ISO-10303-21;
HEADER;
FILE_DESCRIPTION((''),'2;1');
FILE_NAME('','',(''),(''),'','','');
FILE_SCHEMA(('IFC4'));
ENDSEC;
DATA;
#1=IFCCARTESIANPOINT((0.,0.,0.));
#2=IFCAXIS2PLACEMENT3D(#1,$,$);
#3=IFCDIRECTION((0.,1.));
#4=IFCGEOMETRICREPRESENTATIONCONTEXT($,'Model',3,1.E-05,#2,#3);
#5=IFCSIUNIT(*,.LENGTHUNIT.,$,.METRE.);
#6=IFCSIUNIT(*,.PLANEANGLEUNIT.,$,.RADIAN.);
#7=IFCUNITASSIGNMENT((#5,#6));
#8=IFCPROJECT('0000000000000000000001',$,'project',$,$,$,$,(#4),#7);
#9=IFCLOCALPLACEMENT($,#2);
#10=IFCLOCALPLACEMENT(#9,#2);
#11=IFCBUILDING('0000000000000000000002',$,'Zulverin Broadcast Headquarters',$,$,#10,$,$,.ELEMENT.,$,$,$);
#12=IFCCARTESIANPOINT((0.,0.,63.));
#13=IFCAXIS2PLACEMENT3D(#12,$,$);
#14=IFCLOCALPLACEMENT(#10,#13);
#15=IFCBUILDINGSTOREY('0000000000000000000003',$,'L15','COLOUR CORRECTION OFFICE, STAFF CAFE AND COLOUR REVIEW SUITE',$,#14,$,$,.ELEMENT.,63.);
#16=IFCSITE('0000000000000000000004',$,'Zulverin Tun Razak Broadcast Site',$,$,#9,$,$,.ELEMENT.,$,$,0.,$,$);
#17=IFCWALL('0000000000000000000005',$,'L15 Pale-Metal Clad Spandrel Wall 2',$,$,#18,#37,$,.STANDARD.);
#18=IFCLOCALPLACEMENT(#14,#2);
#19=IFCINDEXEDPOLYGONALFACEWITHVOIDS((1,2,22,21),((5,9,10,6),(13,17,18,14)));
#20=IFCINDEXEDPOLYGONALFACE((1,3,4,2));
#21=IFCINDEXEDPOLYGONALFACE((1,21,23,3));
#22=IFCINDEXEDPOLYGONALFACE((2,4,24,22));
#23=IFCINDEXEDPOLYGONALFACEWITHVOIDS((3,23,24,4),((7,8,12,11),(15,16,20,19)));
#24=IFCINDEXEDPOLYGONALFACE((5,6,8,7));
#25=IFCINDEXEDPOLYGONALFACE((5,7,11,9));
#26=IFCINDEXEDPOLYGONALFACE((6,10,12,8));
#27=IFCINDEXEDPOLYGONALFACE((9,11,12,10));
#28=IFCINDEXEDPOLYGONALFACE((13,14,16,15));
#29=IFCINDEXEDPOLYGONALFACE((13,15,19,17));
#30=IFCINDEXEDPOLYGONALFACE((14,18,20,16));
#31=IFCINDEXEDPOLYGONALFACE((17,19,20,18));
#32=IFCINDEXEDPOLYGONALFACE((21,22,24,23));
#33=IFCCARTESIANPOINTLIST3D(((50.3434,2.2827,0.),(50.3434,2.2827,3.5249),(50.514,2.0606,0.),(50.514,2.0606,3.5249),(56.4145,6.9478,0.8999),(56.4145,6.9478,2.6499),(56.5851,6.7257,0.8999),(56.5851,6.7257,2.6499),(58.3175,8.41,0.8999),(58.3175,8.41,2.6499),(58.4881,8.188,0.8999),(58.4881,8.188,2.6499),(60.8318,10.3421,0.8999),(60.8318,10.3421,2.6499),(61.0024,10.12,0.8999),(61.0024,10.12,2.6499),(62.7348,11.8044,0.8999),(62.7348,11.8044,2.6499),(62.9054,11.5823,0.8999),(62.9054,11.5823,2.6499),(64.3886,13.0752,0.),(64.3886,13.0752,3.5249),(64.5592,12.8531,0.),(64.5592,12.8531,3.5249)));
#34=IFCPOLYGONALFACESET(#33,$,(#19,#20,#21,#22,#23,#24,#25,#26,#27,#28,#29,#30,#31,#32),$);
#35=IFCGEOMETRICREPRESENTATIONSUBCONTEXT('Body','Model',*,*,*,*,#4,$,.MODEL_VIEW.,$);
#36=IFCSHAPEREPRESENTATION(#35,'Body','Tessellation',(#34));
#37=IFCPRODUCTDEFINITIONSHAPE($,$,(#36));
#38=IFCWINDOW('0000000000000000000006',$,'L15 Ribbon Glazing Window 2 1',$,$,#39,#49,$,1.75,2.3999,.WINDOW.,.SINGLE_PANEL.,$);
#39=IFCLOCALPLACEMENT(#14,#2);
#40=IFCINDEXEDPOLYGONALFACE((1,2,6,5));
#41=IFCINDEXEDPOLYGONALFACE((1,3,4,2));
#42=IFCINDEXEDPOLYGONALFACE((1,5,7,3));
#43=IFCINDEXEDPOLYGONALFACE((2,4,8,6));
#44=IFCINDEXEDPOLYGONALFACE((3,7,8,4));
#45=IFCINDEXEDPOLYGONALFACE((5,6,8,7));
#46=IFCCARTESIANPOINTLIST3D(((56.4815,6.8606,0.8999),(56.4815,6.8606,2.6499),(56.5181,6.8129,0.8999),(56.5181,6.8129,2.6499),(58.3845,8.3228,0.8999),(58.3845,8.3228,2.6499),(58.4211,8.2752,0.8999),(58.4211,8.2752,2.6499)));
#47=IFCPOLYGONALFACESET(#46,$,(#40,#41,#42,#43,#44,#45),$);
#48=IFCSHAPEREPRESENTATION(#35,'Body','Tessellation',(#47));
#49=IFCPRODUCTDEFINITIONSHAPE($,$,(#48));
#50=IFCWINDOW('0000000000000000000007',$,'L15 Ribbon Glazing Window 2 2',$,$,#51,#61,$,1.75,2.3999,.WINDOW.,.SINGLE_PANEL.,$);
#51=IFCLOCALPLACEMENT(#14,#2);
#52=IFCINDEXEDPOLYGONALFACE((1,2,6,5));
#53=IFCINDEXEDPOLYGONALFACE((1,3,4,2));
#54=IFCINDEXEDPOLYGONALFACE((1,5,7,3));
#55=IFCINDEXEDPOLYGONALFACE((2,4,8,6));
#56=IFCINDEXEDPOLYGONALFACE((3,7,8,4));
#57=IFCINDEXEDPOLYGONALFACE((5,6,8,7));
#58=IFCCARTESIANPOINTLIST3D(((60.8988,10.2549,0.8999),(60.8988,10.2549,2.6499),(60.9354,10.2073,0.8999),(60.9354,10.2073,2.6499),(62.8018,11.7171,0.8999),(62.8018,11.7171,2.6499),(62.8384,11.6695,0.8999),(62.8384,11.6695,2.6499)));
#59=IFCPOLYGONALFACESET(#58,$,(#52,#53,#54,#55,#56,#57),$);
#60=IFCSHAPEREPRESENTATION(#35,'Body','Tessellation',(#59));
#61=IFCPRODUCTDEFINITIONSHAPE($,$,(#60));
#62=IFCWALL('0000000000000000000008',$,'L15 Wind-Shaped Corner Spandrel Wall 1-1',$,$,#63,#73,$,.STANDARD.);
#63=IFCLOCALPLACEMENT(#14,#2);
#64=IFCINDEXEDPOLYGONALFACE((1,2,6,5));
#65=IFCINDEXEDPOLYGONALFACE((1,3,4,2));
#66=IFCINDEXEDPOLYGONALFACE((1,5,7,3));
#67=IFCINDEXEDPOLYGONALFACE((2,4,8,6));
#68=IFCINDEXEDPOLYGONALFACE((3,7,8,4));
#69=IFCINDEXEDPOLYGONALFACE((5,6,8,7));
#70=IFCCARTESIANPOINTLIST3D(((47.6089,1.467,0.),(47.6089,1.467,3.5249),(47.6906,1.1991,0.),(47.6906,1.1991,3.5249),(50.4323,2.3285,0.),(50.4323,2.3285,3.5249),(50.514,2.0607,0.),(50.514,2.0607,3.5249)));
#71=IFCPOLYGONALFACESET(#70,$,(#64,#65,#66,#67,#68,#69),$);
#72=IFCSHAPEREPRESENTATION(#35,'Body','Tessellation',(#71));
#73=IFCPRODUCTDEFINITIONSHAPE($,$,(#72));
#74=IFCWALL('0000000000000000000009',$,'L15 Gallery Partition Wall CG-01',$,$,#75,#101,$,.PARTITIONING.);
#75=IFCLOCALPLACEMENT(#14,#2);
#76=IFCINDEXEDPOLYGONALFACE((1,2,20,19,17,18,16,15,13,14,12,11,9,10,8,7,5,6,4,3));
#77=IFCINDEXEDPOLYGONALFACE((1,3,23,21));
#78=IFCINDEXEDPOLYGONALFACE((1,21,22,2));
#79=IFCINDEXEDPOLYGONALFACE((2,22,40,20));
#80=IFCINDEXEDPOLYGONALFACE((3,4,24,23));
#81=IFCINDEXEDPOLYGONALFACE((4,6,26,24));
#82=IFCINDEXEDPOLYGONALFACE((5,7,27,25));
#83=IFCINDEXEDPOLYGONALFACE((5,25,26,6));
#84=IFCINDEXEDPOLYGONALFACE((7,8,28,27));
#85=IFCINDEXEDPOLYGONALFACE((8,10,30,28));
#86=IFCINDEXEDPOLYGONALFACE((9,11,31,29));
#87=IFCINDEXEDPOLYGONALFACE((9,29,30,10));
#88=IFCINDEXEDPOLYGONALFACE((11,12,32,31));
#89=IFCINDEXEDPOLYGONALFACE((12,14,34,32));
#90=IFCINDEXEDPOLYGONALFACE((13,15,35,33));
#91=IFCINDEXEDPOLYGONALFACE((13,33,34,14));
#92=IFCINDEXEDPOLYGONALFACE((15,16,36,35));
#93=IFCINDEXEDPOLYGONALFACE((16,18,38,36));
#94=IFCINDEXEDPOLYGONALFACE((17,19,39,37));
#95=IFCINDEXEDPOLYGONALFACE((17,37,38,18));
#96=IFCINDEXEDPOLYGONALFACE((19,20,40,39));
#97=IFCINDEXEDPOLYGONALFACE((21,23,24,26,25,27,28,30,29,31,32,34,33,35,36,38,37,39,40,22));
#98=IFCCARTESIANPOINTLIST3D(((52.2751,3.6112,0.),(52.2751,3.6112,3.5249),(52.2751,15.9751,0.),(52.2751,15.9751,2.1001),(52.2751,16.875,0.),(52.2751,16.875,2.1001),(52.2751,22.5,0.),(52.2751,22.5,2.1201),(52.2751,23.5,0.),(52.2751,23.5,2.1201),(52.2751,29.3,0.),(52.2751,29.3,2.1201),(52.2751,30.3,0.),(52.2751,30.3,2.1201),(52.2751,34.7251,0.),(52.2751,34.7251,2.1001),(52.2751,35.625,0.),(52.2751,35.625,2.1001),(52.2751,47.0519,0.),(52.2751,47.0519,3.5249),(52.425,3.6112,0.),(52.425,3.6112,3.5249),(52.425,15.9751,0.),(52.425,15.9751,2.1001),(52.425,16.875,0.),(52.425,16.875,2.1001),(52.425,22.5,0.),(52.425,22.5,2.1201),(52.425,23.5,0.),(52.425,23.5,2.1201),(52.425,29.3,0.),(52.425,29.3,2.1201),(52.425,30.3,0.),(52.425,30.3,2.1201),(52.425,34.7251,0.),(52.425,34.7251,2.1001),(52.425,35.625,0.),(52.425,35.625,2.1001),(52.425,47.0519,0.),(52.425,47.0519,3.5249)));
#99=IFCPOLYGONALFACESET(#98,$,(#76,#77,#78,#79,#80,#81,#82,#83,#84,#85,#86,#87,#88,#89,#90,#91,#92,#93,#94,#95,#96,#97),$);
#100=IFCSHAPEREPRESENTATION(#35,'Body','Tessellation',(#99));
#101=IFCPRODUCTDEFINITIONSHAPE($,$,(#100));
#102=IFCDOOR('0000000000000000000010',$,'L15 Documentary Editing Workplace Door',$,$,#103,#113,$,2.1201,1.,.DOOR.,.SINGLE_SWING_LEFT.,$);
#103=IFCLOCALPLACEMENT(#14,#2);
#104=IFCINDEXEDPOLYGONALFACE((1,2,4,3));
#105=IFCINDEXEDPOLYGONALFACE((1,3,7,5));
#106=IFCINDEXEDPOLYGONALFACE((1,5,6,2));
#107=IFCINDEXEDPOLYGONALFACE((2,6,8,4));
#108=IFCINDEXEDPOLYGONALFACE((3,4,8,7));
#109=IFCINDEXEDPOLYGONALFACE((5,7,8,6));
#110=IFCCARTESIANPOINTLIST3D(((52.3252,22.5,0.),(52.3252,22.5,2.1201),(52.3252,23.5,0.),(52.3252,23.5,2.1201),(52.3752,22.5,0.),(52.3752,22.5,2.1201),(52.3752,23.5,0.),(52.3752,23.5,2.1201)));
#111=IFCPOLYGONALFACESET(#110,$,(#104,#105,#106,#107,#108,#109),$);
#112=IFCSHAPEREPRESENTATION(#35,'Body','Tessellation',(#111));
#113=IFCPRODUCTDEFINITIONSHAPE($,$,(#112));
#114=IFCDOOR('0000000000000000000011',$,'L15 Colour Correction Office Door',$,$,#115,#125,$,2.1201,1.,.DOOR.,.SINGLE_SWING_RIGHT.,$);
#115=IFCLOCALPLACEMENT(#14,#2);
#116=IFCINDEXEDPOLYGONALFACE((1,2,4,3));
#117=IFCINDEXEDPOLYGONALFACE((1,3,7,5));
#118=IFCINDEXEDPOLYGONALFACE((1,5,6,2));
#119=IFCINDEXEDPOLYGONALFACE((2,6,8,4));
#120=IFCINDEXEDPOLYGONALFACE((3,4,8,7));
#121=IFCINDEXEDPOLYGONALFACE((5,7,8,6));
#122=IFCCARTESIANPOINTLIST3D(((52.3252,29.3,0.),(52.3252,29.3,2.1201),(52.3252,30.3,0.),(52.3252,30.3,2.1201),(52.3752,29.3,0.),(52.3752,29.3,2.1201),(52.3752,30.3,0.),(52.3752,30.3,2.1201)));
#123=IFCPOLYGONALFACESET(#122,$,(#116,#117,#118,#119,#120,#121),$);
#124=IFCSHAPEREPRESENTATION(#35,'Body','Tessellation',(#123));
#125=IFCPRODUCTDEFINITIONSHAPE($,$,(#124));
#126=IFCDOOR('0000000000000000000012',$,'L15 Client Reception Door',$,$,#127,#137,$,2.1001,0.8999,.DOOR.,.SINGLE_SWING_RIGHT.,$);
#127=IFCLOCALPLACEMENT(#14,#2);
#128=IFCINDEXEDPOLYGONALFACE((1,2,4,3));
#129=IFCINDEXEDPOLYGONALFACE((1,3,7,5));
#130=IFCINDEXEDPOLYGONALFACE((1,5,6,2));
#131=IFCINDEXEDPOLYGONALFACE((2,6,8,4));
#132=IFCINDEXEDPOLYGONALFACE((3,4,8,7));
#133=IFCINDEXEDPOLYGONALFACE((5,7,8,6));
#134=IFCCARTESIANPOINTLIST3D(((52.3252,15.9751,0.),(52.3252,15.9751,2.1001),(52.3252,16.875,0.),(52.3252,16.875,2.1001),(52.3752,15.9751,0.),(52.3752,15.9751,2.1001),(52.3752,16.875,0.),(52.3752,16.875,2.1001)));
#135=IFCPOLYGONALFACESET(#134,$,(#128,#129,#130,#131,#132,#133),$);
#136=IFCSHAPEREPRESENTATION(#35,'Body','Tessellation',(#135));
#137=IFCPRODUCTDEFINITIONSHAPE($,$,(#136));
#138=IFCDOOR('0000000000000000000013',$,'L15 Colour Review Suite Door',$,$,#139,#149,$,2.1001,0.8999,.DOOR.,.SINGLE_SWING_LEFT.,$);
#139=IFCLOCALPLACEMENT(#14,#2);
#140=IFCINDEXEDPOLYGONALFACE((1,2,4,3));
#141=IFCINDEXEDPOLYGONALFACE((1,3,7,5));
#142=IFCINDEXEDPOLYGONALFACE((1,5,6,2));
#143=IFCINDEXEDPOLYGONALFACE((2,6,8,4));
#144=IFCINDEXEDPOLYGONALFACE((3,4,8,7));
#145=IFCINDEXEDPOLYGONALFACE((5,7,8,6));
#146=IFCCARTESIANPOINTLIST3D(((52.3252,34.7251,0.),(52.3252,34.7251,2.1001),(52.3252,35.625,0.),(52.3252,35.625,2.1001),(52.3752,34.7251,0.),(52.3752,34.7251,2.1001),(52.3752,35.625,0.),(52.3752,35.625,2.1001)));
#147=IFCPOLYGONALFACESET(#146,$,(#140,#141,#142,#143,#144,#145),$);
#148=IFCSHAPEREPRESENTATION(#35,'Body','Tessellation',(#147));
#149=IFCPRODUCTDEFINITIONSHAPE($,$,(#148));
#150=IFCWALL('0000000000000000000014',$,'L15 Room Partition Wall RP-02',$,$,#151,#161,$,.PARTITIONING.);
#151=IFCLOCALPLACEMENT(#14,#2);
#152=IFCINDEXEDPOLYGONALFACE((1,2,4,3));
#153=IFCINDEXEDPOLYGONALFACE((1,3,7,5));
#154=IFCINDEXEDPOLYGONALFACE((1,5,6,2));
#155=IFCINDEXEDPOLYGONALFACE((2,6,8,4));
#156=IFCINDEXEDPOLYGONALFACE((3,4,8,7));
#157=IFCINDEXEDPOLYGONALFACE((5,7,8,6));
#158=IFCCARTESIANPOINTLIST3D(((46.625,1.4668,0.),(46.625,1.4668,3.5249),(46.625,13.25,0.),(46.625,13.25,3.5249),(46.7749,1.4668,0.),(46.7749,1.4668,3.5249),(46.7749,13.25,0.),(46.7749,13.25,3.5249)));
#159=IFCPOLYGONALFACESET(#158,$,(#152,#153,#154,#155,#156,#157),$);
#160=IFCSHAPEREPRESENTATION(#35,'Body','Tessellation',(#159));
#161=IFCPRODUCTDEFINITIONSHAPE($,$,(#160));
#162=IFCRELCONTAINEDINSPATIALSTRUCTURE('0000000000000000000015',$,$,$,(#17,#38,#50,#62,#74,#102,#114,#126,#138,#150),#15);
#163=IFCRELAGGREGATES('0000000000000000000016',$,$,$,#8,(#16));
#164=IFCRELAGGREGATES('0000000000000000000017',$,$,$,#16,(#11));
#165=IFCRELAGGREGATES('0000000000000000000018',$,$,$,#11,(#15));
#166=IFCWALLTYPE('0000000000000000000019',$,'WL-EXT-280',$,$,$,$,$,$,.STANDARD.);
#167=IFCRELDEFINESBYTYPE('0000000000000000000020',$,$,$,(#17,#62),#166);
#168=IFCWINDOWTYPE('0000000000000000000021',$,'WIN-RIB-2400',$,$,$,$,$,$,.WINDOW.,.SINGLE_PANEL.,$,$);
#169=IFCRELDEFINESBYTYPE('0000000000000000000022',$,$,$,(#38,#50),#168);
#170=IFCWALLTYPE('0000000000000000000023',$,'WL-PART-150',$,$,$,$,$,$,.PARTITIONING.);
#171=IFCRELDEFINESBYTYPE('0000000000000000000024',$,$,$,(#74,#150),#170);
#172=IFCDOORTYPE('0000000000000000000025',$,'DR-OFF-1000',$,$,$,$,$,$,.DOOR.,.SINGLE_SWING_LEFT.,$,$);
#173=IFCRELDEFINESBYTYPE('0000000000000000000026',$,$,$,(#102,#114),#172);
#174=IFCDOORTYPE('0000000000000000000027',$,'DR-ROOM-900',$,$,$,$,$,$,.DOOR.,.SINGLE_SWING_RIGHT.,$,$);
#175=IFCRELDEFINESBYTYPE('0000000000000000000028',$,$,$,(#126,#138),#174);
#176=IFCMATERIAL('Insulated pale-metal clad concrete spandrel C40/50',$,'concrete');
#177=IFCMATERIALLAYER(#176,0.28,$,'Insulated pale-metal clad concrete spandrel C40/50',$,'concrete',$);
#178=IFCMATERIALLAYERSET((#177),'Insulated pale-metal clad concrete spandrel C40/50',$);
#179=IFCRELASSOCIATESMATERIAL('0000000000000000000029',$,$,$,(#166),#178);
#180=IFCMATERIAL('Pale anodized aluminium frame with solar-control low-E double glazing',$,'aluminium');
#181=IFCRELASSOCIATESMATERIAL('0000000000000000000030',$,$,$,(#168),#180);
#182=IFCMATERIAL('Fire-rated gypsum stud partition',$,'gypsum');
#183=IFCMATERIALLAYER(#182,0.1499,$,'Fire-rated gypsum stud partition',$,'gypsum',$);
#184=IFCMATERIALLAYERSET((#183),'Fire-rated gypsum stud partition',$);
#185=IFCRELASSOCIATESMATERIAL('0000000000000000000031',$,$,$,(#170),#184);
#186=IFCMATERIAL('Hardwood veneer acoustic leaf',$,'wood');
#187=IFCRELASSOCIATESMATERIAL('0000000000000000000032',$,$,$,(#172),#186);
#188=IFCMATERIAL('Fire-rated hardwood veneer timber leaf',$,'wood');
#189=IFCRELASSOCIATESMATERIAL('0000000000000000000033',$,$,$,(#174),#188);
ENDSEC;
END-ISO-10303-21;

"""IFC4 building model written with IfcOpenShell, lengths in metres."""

from ifc_helpers import new_model, si_unit, direction, frame, frame_2d, origin, place, context, subcontext, project, spatial, rectangle, extrude, material, layer, layer_set, type_object, element, fill, save


model = new_model("IFC4")

# Units and contexts
model_context = context("Model", 3, precision=1e-05, world=origin(), true_north=direction((0.0, 1.0)))
body_context = subcontext(model_context, "Body", "Model", "MODEL_VIEW")
ifc_project = project(units=[si_unit("LENGTHUNIT", "METRE"), si_unit("PLANEANGLEUNIT", "RADIAN")], contexts=[model_context])

# Site, building, storey
site_placement = place(None, origin())
site = spatial("IfcSite", under=ifc_project, at=site_placement, Name="Zulverin Tun Razak Broadcast Site", CompositionType="ELEMENT", RefElevation=0.0)
building_placement = place(site_placement, origin())
building = spatial("IfcBuilding", under=site, at=building_placement, Name="Zulverin Broadcast Headquarters", CompositionType="ELEMENT")
storey_placement = place(building_placement, frame((0.0, 0.0, 63.0)))
storey = spatial("IfcBuildingStorey", under=building, at=storey_placement, Name="L15", Description="COLOUR CORRECTION OFFICE, STAFF CAFE AND COLOUR REVIEW SUITE", CompositionType="ELEMENT", Elevation=63.0)

# Wall, openings, windows
ifc_material_1 = material(Name="Insulated pale-metal clad concrete spandrel C40/50", Category="concrete")
ifc_layer_1 = layer(ifc_material_1, 0.28, Name="Insulated pale-metal clad concrete spandrel C40/50", Category="concrete")
ifc_layer_set_1 = layer_set([ifc_layer_1], Name="Insulated pale-metal clad concrete spandrel C40/50")
wall_type_1 = type_object("IfcWallType", Name="WL-EXT-280", PredefinedType="STANDARD", material=ifc_layer_set_1)
wall_1_placement = place(storey_placement, frame((50.4287, 2.1716, 0.0), z_axis=(0.0, 0.0, 1.0), x_axis=(0.792937, 0.609303, 0.0)))
wall_1 = element("IfcWall", 1, at=wall_1_placement, inside=storey, type_object=wall_type_1, Name="L15 Pale-Metal Clad Spandrel Wall 2", PredefinedType="STANDARD", context=body_context, shape_type="SweptSolid", body=[
    extrude(rectangle(XDim=17.7129, YDim=0.28, at=frame_2d((8.8564, 0.0))), origin(), (0.0, 0.0, 1.0), 3.5249),
])
opening_1_placement = place(wall_1_placement, frame((7.6565, 0.0, 0.8999)))
opening_1 = element("IfcOpeningElement", 2, at=opening_1_placement, cuts=wall_1, PredefinedType="OPENING", context=body_context, shape_type="SweptSolid", body=[
    extrude(rectangle(XDim=2.3999, YDim=1.75, at=frame_2d((1.2, 0.875))), frame((0.0, 0.1499, 0.0), z_axis=(0.0, -1.0, 0.0), x_axis=(1.0, 0.0, 0.0)), (0.0, 0.0, 1.0), 0.3),
])
opening_2_placement = place(wall_1_placement, frame((13.2273, 0.0, 0.8999)))
opening_2 = element("IfcOpeningElement", 3, at=opening_2_placement, cuts=wall_1, PredefinedType="OPENING", context=body_context, shape_type="SweptSolid", body=[
    extrude(rectangle(XDim=2.3999, YDim=1.75, at=frame_2d((1.2, 0.875))), frame((0.0, 0.1499, 0.0), z_axis=(0.0, -1.0, 0.0), x_axis=(1.0, 0.0, 0.0)), (0.0, 0.0, 1.0), 0.3),
])
ifc_material_2 = material(Name="Pale anodized aluminium frame with solar-control low-E double glazing", Category="aluminium")
window_type = type_object("IfcWindowType", Name="WIN-RIB-2400", PartitioningType="SINGLE_PANEL", PredefinedType="WINDOW", material=ifc_material_2)
window_1_placement = place(opening_1_placement, origin())
window_1 = element("IfcWindow", 4, at=window_1_placement, inside=storey, type_object=window_type, Name="L15 Ribbon Glazing Window 2 1", OverallHeight=1.75, OverallWidth=2.3999, PartitioningType="SINGLE_PANEL", PredefinedType="WINDOW", context=body_context, shape_type="SweptSolid", body=[
    extrude(rectangle(XDim=2.3999, YDim=1.75, at=frame_2d((1.2, 0.875))), frame((0.0, 0.03, 0.0), z_axis=(0.0, -1.0, 0.0), x_axis=(1.0, 0.0, 0.0)), (0.0, 0.0, 1.0), 0.0601),
])
fill(opening_1, window_1)
window_2_placement = place(opening_2_placement, origin())
window_2 = element("IfcWindow", 5, at=window_2_placement, inside=storey, type_object=window_type, Name="L15 Ribbon Glazing Window 2 2", OverallHeight=1.75, OverallWidth=2.3999, PartitioningType="SINGLE_PANEL", PredefinedType="WINDOW", context=body_context, shape_type="SweptSolid", body=[
    extrude(rectangle(XDim=2.3999, YDim=1.75, at=frame_2d((1.2, 0.875))), frame((0.0, 0.03, 0.0), z_axis=(0.0, -1.0, 0.0), x_axis=(1.0, 0.0, 0.0)), (0.0, 0.0, 1.0), 0.0601),
])
fill(opening_2, window_2)

# Wall
wall_2_placement = place(storey_placement, frame((47.6497, 1.333, 0.0), z_axis=(0.0, 0.0, 1.0), x_axis=(0.956461, 0.291859, 0.0)))
element("IfcWall", 6, at=wall_2_placement, inside=storey, type_object=wall_type_1, Name="L15 Wind-Shaped Corner Spandrel Wall 1-1", PredefinedType="STANDARD", context=body_context, shape_type="SweptSolid", body=[
    extrude(rectangle(XDim=2.9519, YDim=0.28, at=frame_2d((1.4761, 0.0))), origin(), (0.0, 0.0, 1.0), 3.5249),
])

# Wall, openings, doors
ifc_material_3 = material(Name="Fire-rated gypsum stud partition", Category="gypsum")
ifc_layer_2 = layer(ifc_material_3, 0.1499, Name="Fire-rated gypsum stud partition", Category="gypsum")
ifc_layer_set_2 = layer_set([ifc_layer_2], Name="Fire-rated gypsum stud partition")
wall_type_2 = type_object("IfcWallType", Name="WL-PART-150", PredefinedType="PARTITIONING", material=ifc_layer_set_2)
wall_3_placement = place(storey_placement, frame((52.3501, 3.6113, 0.0), z_axis=(0.0, 0.0, 1.0), x_axis=(0.0, 1.0, 0.0)))
wall_3 = element("IfcWall", 7, at=wall_3_placement, inside=storey, type_object=wall_type_2, Name="L15 Gallery Partition Wall CG-01", PredefinedType="PARTITIONING", context=body_context, shape_type="SweptSolid", body=[
    extrude(rectangle(XDim=43.4407, YDim=0.1499, at=frame_2d((21.7202, 0.0))), origin(), (0.0, 0.0, 1.0), 3.5249),
])
opening_3_placement = place(wall_3_placement, frame((12.3638, 0.0, 0.0)))
opening_3 = element("IfcOpeningElement", 8, at=opening_3_placement, cuts=wall_3, PredefinedType="OPENING", context=body_context, shape_type="SweptSolid", body=[
    extrude(rectangle(XDim=0.8999, YDim=2.1001, at=frame_2d((0.45, 1.05))), frame((0.0, 0.085, 0.0), z_axis=(0.0, -1.0, 0.0), x_axis=(1.0, 0.0, 0.0)), (0.0, 0.0, 1.0), 0.1699),
])
opening_4_placement = place(wall_3_placement, frame((18.8887, 0.0, 0.0)))
opening_4 = element("IfcOpeningElement", 9, at=opening_4_placement, cuts=wall_3, PredefinedType="OPENING", context=body_context, shape_type="SweptSolid", body=[
    extrude(rectangle(XDim=1.0, YDim=2.1201, at=frame_2d((0.5, 1.0601))), frame((0.0, 0.085, 0.0), z_axis=(0.0, -1.0, 0.0), x_axis=(1.0, 0.0, 0.0)), (0.0, 0.0, 1.0), 0.1699),
])
opening_5_placement = place(wall_3_placement, frame((25.6887, 0.0, 0.0)))
opening_5 = element("IfcOpeningElement", 10, at=opening_5_placement, cuts=wall_3, PredefinedType="OPENING", context=body_context, shape_type="SweptSolid", body=[
    extrude(rectangle(XDim=1.0, YDim=2.1201, at=frame_2d((0.5, 1.0601))), frame((0.0, 0.085, 0.0), z_axis=(0.0, -1.0, 0.0), x_axis=(1.0, 0.0, 0.0)), (0.0, 0.0, 1.0), 0.1699),
])
opening_6_placement = place(wall_3_placement, frame((31.1138, 0.0, 0.0)))
opening_6 = element("IfcOpeningElement", 11, at=opening_6_placement, cuts=wall_3, PredefinedType="OPENING", context=body_context, shape_type="SweptSolid", body=[
    extrude(rectangle(XDim=0.8999, YDim=2.1001, at=frame_2d((0.45, 1.05))), frame((0.0, 0.085, 0.0), z_axis=(0.0, -1.0, 0.0), x_axis=(1.0, 0.0, 0.0)), (0.0, 0.0, 1.0), 0.1699),
])
ifc_material_4 = material(Name="Hardwood veneer acoustic leaf", Category="wood")
door_type_1 = type_object("IfcDoorType", Name="DR-OFF-1000", OperationType="SINGLE_SWING_LEFT", PredefinedType="DOOR", material=ifc_material_4)
door_1_placement = place(opening_4_placement, origin())
door_1 = element("IfcDoor", 12, at=door_1_placement, inside=storey, type_object=door_type_1, Name="L15 Documentary Editing Workplace Door", OperationType="SINGLE_SWING_LEFT", OverallHeight=2.1201, OverallWidth=1.0, PredefinedType="DOOR", context=body_context, shape_type="SweptSolid", body=[
    extrude(rectangle(XDim=1.0, YDim=2.1201, at=frame_2d((0.5, 1.0601))), frame((0.0, 0.0249, 0.0), z_axis=(0.0, -1.0, 0.0), x_axis=(1.0, 0.0, 0.0)), (0.0, 0.0, 1.0), 0.05),
])
fill(opening_4, door_1)
door_2_placement = place(opening_5_placement, origin())
door_2 = element("IfcDoor", 13, at=door_2_placement, inside=storey, type_object=door_type_1, Name="L15 Colour Correction Office Door", OperationType="SINGLE_SWING_RIGHT", OverallHeight=2.1201, OverallWidth=1.0, PredefinedType="DOOR", context=body_context, shape_type="SweptSolid", body=[
    extrude(rectangle(XDim=1.0, YDim=2.1201, at=frame_2d((0.5, 1.0601))), frame((0.0, 0.0249, 0.0), z_axis=(0.0, -1.0, 0.0), x_axis=(1.0, 0.0, 0.0)), (0.0, 0.0, 1.0), 0.05),
])
fill(opening_5, door_2)
ifc_material_5 = material(Name="Fire-rated hardwood veneer timber leaf", Category="wood")
door_type_2 = type_object("IfcDoorType", Name="DR-ROOM-900", OperationType="SINGLE_SWING_RIGHT", PredefinedType="DOOR", material=ifc_material_5)
door_3_placement = place(opening_3_placement, origin())
door_3 = element("IfcDoor", 14, at=door_3_placement, inside=storey, type_object=door_type_2, Name="L15 Client Reception Door", OperationType="SINGLE_SWING_RIGHT", OverallHeight=2.1001, OverallWidth=0.8999, PredefinedType="DOOR", context=body_context, shape_type="SweptSolid", body=[
    extrude(rectangle(XDim=0.8999, YDim=2.1001, at=frame_2d((0.45, 1.05))), frame((0.0, 0.0249, 0.0), z_axis=(0.0, -1.0, 0.0), x_axis=(1.0, 0.0, 0.0)), (0.0, 0.0, 1.0), 0.05),
])
fill(opening_3, door_3)
door_4_placement = place(opening_6_placement, origin())
door_4 = element("IfcDoor", 15, at=door_4_placement, inside=storey, type_object=door_type_2, Name="L15 Colour Review Suite Door", OperationType="SINGLE_SWING_LEFT", OverallHeight=2.1001, OverallWidth=0.8999, PredefinedType="DOOR", context=body_context, shape_type="SweptSolid", body=[
    extrude(rectangle(XDim=0.8999, YDim=2.1001, at=frame_2d((0.45, 1.05))), frame((0.0, 0.0249, 0.0), z_axis=(0.0, -1.0, 0.0), x_axis=(1.0, 0.0, 0.0)), (0.0, 0.0, 1.0), 0.05),
])
fill(opening_6, door_4)

# Wall
wall_4_placement = place(storey_placement, frame((46.7, 1.4668, 0.0), z_axis=(0.0, 0.0, 1.0), x_axis=(0.0, 1.0, 0.0)))
element("IfcWall", 16, at=wall_4_placement, inside=storey, type_object=wall_type_2, Name="L15 Room Partition Wall RP-02", PredefinedType="PARTITIONING", context=body_context, shape_type="SweptSolid", body=[
    extrude(rectangle(XDim=11.7832, YDim=0.1499, at=frame_2d((5.8916, 0.0))), origin(), (0.0, 0.0, 1.0), 3.5249),
])

save(model, "model.ifc")
